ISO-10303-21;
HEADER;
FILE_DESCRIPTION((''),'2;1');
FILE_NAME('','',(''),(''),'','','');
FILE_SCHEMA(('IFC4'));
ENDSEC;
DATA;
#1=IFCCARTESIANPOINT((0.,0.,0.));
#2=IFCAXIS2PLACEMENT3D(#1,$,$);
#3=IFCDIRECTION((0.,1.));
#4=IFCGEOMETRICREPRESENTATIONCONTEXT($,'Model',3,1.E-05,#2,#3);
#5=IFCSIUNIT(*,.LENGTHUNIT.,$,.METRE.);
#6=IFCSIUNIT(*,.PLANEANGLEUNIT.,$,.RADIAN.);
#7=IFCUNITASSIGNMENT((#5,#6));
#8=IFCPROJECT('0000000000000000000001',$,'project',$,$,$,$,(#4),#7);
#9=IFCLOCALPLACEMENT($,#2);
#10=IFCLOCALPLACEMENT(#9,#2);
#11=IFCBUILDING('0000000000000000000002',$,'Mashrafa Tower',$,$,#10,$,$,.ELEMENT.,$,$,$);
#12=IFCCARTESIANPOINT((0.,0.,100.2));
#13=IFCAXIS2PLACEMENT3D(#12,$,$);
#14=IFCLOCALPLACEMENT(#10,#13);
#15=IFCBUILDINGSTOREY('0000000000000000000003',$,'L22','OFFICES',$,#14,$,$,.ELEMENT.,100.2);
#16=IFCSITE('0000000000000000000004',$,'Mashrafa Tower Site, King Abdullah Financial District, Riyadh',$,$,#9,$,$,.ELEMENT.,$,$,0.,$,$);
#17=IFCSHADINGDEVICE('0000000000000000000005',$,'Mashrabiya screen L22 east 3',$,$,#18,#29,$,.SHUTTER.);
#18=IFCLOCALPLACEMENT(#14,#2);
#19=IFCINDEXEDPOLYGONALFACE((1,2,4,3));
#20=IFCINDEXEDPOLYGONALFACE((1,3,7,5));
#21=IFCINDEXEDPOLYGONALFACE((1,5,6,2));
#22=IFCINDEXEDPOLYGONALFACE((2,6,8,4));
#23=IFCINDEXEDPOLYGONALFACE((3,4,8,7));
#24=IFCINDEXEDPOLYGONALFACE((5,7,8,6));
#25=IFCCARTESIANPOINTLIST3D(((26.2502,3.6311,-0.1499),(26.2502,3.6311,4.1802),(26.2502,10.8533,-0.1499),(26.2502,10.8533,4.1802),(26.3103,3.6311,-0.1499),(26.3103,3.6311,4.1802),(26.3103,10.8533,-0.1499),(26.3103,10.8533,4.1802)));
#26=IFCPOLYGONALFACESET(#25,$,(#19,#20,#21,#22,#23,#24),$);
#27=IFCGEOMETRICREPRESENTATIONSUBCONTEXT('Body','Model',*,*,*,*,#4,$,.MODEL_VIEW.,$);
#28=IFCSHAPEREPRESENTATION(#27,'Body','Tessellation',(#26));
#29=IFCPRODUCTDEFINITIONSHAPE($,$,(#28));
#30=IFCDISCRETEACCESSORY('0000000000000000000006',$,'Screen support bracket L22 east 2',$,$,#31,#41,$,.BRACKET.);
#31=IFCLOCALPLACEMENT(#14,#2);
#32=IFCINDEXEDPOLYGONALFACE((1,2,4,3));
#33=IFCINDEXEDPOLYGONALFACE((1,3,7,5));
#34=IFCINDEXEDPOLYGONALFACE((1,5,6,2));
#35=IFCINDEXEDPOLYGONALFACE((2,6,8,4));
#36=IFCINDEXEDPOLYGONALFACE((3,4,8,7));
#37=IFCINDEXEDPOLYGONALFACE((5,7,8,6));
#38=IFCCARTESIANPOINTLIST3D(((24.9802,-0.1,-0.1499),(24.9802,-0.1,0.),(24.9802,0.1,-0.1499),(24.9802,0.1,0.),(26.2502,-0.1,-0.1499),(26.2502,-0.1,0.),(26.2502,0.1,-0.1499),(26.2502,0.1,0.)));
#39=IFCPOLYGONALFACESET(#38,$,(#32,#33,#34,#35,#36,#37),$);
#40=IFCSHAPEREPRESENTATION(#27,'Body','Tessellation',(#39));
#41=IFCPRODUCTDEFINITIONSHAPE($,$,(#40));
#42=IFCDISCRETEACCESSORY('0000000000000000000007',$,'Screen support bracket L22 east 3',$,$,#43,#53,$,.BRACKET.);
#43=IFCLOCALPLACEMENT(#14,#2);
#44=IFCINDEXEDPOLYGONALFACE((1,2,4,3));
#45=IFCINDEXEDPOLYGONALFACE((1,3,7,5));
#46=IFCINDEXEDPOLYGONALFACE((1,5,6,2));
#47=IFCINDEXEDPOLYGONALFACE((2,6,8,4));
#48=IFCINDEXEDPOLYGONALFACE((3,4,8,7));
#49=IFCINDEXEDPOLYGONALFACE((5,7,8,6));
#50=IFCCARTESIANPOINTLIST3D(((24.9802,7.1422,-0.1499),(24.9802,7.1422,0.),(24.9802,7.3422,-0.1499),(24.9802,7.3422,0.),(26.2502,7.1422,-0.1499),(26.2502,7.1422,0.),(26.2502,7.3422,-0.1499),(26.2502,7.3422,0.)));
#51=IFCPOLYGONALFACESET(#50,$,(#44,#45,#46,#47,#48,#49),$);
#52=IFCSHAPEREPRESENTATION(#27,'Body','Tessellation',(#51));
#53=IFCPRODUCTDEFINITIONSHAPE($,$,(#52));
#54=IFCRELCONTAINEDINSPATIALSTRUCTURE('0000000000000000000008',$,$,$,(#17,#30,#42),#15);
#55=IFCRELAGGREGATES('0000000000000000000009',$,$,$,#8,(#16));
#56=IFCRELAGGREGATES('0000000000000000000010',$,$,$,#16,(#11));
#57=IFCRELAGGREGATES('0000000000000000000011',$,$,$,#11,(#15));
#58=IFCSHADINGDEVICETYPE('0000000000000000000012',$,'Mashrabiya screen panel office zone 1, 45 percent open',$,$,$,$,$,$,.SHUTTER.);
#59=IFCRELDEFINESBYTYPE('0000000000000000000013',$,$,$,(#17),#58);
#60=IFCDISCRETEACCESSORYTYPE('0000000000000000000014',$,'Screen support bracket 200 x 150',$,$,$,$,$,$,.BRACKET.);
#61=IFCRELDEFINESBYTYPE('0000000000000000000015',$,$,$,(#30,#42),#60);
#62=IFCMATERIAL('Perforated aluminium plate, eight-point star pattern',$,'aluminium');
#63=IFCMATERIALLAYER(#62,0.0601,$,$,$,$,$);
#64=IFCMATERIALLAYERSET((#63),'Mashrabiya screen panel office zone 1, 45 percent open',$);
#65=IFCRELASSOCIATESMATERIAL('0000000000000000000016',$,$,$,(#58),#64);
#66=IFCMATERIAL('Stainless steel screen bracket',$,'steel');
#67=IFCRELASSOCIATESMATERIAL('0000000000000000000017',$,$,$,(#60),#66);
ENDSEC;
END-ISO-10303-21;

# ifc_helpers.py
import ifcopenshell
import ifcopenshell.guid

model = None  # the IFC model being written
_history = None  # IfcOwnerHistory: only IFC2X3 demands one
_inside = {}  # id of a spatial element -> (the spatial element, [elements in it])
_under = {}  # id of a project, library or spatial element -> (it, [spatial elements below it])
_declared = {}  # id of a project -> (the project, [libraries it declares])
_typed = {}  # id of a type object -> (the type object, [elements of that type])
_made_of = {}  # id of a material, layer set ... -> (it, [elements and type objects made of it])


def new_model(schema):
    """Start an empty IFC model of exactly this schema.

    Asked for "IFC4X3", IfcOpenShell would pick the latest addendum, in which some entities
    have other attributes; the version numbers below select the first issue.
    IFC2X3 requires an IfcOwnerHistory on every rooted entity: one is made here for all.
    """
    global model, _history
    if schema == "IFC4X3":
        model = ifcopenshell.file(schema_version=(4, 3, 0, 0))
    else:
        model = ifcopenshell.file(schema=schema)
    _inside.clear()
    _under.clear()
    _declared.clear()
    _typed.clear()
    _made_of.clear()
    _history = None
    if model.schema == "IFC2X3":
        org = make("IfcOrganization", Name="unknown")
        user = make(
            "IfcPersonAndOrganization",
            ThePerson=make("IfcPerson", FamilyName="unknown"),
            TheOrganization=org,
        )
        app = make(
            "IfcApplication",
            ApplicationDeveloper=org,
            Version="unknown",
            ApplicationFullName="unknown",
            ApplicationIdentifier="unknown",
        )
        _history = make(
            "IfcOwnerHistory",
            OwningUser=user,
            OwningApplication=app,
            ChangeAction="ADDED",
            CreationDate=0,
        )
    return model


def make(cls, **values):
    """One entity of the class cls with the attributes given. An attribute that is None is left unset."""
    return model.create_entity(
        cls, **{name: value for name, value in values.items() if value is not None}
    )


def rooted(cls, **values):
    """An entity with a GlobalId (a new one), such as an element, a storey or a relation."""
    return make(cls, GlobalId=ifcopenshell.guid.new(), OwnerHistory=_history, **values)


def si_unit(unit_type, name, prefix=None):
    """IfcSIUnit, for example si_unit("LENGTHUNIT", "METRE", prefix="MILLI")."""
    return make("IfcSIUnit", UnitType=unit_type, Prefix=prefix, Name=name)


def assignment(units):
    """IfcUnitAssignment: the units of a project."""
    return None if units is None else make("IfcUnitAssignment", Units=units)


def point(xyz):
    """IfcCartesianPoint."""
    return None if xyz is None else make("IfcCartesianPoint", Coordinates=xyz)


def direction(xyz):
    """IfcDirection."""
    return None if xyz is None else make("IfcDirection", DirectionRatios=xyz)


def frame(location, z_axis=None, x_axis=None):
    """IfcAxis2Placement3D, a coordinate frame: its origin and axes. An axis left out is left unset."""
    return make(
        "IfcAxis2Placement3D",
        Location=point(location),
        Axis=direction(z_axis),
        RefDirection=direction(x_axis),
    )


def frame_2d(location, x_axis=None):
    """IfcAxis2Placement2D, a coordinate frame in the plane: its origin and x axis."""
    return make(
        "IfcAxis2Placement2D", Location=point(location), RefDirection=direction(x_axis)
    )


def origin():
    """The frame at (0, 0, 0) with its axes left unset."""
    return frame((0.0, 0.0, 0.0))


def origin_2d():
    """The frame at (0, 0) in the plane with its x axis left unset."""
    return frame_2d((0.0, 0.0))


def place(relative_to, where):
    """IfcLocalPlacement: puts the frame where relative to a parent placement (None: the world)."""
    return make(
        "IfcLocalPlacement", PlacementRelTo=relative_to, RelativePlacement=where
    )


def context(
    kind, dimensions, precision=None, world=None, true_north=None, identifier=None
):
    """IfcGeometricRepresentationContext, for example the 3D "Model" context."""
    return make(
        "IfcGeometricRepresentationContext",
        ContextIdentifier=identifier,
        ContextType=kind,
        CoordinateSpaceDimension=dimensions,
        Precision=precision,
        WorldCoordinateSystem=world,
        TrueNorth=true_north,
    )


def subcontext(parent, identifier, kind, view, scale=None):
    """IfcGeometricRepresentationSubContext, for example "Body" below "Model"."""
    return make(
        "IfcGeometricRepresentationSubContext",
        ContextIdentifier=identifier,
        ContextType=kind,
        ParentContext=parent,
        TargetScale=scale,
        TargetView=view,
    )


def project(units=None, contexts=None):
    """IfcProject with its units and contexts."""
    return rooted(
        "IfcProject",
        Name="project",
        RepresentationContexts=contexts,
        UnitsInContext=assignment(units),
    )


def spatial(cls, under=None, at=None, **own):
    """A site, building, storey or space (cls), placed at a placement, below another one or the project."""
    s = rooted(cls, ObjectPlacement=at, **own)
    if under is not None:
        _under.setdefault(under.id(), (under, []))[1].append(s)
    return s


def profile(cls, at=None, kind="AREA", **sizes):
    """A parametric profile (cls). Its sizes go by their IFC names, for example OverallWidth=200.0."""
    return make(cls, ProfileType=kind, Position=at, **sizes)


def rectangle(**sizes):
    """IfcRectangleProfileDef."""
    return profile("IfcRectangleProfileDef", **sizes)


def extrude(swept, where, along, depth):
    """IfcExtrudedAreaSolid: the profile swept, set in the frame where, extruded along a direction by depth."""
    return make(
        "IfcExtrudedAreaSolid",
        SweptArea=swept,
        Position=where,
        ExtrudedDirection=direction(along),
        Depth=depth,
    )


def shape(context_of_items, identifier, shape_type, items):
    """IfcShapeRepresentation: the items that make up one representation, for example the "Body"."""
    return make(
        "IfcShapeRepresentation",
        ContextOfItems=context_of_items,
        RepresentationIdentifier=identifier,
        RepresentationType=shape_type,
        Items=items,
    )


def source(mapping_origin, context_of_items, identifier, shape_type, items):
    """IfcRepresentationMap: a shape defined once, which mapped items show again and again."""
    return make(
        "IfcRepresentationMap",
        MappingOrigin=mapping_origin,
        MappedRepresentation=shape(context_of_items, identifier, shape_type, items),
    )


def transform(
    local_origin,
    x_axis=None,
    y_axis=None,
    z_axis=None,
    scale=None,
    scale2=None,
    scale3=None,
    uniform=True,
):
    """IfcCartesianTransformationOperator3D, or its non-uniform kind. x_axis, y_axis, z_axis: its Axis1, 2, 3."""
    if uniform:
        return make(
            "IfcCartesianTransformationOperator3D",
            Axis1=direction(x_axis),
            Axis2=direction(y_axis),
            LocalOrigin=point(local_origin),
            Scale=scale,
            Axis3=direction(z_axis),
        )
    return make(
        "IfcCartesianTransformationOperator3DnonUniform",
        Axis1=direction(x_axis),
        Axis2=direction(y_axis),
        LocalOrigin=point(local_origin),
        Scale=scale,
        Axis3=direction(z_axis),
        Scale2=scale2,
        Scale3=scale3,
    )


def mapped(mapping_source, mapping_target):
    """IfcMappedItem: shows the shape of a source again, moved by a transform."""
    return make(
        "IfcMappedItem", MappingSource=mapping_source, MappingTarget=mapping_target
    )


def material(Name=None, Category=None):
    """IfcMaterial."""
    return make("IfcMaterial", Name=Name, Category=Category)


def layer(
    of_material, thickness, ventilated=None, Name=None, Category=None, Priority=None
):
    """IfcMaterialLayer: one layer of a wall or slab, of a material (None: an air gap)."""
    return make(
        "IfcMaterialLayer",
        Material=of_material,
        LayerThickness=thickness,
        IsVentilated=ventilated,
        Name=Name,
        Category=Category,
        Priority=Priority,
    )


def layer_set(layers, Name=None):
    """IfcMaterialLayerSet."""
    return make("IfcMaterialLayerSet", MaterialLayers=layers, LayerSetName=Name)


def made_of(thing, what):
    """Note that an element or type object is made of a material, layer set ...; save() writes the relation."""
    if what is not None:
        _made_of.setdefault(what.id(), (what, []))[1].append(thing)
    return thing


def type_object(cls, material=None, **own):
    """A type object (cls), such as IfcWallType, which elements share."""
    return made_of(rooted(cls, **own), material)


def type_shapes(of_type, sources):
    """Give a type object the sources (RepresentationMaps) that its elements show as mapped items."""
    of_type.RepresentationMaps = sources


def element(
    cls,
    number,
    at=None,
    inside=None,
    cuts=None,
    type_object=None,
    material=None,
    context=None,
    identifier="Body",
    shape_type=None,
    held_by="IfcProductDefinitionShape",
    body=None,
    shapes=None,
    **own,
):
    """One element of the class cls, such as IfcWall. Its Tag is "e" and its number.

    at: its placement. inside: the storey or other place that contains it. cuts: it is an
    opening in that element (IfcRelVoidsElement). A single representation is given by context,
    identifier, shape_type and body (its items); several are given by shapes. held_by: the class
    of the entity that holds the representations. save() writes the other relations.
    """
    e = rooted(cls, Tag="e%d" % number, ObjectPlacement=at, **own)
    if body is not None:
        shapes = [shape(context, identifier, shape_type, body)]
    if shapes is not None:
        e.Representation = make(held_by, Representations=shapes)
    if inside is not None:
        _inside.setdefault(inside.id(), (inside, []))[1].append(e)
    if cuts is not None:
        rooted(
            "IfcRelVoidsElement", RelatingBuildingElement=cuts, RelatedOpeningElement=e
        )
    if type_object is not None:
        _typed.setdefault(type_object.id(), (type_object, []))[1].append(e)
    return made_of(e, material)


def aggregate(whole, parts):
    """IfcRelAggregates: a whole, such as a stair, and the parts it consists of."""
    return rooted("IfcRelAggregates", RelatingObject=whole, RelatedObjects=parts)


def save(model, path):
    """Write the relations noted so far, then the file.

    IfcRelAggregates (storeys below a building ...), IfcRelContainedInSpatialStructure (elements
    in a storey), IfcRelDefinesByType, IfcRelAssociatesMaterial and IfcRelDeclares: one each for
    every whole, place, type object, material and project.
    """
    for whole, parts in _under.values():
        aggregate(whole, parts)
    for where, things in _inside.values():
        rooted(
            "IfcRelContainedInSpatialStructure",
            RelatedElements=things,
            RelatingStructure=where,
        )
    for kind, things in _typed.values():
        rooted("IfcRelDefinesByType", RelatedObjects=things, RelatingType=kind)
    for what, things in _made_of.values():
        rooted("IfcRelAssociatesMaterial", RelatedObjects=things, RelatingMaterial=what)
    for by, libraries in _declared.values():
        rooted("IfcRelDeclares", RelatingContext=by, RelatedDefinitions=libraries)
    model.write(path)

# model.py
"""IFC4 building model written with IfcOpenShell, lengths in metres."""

from ifc_helpers import new_model, si_unit, direction, frame, origin, origin_2d, place, context, subcontext, project, spatial, rectangle, extrude, source, transform, mapped, material, layer, layer_set, type_object, type_shapes, element, save


model = new_model("IFC4")

# Units and contexts
model_context = context("Model", 3, precision=1e-05, world=origin(), true_north=direction((0.0, 1.0)))
body_context = subcontext(model_context, "Body", "Model", "MODEL_VIEW")
ifc_project = project(units=[si_unit("LENGTHUNIT", "METRE"), si_unit("PLANEANGLEUNIT", "RADIAN")], contexts=[model_context])

# Site, building, storey
site_placement = place(None, origin())
site = spatial("IfcSite", under=ifc_project, at=site_placement, Name="Mashrafa Tower Site, King Abdullah Financial District, Riyadh", CompositionType="ELEMENT", RefElevation=0.0)
building_placement = place(site_placement, origin())
building = spatial("IfcBuilding", under=site, at=building_placement, Name="Mashrafa Tower", CompositionType="ELEMENT")
storey_placement = place(building_placement, frame((0.0, 0.0, 100.2)))
storey = spatial("IfcBuildingStorey", under=building, at=storey_placement, Name="L22", Description="OFFICES", CompositionType="ELEMENT", Elevation=100.2)

# Shading device
ifc_material_1 = material(Name="Perforated aluminium plate, eight-point star pattern", Category="aluminium")
ifc_layer_1 = layer(ifc_material_1, 0.0601)
ifc_layer_set_1 = layer_set([ifc_layer_1], Name="Mashrabiya screen panel office zone 1, 45 percent open")
shading_device_type = type_object("IfcShadingDeviceType", Name="Mashrabiya screen panel office zone 1, 45 percent open", PredefinedType="SHUTTER", material=ifc_layer_set_1)
shared_shape_1 = source(origin(), body_context, "Body", "SweptSolid", [
    extrude(rectangle(XDim=7.2222, YDim=0.0601, at=origin_2d()), origin(), (0.0, 0.0, 1.0), 4.3301),
])
type_shapes(shading_device_type, [shared_shape_1])
for number, where, z_axis, x_axis, name in (
    (1, (26.2803, 7.2422, -0.1499), (0.0, 0.0, 1.0), (0.0, 1.0, 0.0), "Mashrabiya screen L22 east 3"),
):
    element("IfcShadingDevice", number, at=place(storey_placement, frame(where, z_axis=z_axis, x_axis=x_axis)), inside=storey, type_object=shading_device_type, Name=name, PredefinedType="SHUTTER", context=body_context, shape_type="MappedRepresentation", body=[
        mapped(shared_shape_1, transform((0.0, 0.0, 0.0))),
    ])

# Discrete accessories
ifc_material_2 = material(Name="Stainless steel screen bracket", Category="steel")
discrete_accessory_type = type_object("IfcDiscreteAccessoryType", Name="Screen support bracket 200 x 150", PredefinedType="BRACKET", material=ifc_material_2)
shared_shape_2 = source(origin(), body_context, "Body", "SweptSolid", [
    extrude(rectangle(XDim=0.2, YDim=1.27, at=origin_2d()), origin(), (0.0, 0.0, 1.0), 0.1499),
])
type_shapes(discrete_accessory_type, [shared_shape_2])
for number, where, z_axis, x_axis, name in (
    (2, (25.6152, 0.0, -0.1499), (0.0, 0.0, 1.0), (0.0, 1.0, 0.0), "Screen support bracket L22 east 2"),
    (3, (25.6152, 7.2422, -0.1499), (0.0, 0.0, 1.0), (0.0, 1.0, 0.0), "Screen support bracket L22 east 3"),
):
    element("IfcDiscreteAccessory", number, at=place(storey_placement, frame(where, z_axis=z_axis, x_axis=x_axis)), inside=storey, type_object=discrete_accessory_type, Name=name, PredefinedType="BRACKET", context=body_context, shape_type="MappedRepresentation", body=[
        mapped(shared_shape_2, transform((0.0, 0.0, 0.0))),
    ])

save(model, "model.ifc")
